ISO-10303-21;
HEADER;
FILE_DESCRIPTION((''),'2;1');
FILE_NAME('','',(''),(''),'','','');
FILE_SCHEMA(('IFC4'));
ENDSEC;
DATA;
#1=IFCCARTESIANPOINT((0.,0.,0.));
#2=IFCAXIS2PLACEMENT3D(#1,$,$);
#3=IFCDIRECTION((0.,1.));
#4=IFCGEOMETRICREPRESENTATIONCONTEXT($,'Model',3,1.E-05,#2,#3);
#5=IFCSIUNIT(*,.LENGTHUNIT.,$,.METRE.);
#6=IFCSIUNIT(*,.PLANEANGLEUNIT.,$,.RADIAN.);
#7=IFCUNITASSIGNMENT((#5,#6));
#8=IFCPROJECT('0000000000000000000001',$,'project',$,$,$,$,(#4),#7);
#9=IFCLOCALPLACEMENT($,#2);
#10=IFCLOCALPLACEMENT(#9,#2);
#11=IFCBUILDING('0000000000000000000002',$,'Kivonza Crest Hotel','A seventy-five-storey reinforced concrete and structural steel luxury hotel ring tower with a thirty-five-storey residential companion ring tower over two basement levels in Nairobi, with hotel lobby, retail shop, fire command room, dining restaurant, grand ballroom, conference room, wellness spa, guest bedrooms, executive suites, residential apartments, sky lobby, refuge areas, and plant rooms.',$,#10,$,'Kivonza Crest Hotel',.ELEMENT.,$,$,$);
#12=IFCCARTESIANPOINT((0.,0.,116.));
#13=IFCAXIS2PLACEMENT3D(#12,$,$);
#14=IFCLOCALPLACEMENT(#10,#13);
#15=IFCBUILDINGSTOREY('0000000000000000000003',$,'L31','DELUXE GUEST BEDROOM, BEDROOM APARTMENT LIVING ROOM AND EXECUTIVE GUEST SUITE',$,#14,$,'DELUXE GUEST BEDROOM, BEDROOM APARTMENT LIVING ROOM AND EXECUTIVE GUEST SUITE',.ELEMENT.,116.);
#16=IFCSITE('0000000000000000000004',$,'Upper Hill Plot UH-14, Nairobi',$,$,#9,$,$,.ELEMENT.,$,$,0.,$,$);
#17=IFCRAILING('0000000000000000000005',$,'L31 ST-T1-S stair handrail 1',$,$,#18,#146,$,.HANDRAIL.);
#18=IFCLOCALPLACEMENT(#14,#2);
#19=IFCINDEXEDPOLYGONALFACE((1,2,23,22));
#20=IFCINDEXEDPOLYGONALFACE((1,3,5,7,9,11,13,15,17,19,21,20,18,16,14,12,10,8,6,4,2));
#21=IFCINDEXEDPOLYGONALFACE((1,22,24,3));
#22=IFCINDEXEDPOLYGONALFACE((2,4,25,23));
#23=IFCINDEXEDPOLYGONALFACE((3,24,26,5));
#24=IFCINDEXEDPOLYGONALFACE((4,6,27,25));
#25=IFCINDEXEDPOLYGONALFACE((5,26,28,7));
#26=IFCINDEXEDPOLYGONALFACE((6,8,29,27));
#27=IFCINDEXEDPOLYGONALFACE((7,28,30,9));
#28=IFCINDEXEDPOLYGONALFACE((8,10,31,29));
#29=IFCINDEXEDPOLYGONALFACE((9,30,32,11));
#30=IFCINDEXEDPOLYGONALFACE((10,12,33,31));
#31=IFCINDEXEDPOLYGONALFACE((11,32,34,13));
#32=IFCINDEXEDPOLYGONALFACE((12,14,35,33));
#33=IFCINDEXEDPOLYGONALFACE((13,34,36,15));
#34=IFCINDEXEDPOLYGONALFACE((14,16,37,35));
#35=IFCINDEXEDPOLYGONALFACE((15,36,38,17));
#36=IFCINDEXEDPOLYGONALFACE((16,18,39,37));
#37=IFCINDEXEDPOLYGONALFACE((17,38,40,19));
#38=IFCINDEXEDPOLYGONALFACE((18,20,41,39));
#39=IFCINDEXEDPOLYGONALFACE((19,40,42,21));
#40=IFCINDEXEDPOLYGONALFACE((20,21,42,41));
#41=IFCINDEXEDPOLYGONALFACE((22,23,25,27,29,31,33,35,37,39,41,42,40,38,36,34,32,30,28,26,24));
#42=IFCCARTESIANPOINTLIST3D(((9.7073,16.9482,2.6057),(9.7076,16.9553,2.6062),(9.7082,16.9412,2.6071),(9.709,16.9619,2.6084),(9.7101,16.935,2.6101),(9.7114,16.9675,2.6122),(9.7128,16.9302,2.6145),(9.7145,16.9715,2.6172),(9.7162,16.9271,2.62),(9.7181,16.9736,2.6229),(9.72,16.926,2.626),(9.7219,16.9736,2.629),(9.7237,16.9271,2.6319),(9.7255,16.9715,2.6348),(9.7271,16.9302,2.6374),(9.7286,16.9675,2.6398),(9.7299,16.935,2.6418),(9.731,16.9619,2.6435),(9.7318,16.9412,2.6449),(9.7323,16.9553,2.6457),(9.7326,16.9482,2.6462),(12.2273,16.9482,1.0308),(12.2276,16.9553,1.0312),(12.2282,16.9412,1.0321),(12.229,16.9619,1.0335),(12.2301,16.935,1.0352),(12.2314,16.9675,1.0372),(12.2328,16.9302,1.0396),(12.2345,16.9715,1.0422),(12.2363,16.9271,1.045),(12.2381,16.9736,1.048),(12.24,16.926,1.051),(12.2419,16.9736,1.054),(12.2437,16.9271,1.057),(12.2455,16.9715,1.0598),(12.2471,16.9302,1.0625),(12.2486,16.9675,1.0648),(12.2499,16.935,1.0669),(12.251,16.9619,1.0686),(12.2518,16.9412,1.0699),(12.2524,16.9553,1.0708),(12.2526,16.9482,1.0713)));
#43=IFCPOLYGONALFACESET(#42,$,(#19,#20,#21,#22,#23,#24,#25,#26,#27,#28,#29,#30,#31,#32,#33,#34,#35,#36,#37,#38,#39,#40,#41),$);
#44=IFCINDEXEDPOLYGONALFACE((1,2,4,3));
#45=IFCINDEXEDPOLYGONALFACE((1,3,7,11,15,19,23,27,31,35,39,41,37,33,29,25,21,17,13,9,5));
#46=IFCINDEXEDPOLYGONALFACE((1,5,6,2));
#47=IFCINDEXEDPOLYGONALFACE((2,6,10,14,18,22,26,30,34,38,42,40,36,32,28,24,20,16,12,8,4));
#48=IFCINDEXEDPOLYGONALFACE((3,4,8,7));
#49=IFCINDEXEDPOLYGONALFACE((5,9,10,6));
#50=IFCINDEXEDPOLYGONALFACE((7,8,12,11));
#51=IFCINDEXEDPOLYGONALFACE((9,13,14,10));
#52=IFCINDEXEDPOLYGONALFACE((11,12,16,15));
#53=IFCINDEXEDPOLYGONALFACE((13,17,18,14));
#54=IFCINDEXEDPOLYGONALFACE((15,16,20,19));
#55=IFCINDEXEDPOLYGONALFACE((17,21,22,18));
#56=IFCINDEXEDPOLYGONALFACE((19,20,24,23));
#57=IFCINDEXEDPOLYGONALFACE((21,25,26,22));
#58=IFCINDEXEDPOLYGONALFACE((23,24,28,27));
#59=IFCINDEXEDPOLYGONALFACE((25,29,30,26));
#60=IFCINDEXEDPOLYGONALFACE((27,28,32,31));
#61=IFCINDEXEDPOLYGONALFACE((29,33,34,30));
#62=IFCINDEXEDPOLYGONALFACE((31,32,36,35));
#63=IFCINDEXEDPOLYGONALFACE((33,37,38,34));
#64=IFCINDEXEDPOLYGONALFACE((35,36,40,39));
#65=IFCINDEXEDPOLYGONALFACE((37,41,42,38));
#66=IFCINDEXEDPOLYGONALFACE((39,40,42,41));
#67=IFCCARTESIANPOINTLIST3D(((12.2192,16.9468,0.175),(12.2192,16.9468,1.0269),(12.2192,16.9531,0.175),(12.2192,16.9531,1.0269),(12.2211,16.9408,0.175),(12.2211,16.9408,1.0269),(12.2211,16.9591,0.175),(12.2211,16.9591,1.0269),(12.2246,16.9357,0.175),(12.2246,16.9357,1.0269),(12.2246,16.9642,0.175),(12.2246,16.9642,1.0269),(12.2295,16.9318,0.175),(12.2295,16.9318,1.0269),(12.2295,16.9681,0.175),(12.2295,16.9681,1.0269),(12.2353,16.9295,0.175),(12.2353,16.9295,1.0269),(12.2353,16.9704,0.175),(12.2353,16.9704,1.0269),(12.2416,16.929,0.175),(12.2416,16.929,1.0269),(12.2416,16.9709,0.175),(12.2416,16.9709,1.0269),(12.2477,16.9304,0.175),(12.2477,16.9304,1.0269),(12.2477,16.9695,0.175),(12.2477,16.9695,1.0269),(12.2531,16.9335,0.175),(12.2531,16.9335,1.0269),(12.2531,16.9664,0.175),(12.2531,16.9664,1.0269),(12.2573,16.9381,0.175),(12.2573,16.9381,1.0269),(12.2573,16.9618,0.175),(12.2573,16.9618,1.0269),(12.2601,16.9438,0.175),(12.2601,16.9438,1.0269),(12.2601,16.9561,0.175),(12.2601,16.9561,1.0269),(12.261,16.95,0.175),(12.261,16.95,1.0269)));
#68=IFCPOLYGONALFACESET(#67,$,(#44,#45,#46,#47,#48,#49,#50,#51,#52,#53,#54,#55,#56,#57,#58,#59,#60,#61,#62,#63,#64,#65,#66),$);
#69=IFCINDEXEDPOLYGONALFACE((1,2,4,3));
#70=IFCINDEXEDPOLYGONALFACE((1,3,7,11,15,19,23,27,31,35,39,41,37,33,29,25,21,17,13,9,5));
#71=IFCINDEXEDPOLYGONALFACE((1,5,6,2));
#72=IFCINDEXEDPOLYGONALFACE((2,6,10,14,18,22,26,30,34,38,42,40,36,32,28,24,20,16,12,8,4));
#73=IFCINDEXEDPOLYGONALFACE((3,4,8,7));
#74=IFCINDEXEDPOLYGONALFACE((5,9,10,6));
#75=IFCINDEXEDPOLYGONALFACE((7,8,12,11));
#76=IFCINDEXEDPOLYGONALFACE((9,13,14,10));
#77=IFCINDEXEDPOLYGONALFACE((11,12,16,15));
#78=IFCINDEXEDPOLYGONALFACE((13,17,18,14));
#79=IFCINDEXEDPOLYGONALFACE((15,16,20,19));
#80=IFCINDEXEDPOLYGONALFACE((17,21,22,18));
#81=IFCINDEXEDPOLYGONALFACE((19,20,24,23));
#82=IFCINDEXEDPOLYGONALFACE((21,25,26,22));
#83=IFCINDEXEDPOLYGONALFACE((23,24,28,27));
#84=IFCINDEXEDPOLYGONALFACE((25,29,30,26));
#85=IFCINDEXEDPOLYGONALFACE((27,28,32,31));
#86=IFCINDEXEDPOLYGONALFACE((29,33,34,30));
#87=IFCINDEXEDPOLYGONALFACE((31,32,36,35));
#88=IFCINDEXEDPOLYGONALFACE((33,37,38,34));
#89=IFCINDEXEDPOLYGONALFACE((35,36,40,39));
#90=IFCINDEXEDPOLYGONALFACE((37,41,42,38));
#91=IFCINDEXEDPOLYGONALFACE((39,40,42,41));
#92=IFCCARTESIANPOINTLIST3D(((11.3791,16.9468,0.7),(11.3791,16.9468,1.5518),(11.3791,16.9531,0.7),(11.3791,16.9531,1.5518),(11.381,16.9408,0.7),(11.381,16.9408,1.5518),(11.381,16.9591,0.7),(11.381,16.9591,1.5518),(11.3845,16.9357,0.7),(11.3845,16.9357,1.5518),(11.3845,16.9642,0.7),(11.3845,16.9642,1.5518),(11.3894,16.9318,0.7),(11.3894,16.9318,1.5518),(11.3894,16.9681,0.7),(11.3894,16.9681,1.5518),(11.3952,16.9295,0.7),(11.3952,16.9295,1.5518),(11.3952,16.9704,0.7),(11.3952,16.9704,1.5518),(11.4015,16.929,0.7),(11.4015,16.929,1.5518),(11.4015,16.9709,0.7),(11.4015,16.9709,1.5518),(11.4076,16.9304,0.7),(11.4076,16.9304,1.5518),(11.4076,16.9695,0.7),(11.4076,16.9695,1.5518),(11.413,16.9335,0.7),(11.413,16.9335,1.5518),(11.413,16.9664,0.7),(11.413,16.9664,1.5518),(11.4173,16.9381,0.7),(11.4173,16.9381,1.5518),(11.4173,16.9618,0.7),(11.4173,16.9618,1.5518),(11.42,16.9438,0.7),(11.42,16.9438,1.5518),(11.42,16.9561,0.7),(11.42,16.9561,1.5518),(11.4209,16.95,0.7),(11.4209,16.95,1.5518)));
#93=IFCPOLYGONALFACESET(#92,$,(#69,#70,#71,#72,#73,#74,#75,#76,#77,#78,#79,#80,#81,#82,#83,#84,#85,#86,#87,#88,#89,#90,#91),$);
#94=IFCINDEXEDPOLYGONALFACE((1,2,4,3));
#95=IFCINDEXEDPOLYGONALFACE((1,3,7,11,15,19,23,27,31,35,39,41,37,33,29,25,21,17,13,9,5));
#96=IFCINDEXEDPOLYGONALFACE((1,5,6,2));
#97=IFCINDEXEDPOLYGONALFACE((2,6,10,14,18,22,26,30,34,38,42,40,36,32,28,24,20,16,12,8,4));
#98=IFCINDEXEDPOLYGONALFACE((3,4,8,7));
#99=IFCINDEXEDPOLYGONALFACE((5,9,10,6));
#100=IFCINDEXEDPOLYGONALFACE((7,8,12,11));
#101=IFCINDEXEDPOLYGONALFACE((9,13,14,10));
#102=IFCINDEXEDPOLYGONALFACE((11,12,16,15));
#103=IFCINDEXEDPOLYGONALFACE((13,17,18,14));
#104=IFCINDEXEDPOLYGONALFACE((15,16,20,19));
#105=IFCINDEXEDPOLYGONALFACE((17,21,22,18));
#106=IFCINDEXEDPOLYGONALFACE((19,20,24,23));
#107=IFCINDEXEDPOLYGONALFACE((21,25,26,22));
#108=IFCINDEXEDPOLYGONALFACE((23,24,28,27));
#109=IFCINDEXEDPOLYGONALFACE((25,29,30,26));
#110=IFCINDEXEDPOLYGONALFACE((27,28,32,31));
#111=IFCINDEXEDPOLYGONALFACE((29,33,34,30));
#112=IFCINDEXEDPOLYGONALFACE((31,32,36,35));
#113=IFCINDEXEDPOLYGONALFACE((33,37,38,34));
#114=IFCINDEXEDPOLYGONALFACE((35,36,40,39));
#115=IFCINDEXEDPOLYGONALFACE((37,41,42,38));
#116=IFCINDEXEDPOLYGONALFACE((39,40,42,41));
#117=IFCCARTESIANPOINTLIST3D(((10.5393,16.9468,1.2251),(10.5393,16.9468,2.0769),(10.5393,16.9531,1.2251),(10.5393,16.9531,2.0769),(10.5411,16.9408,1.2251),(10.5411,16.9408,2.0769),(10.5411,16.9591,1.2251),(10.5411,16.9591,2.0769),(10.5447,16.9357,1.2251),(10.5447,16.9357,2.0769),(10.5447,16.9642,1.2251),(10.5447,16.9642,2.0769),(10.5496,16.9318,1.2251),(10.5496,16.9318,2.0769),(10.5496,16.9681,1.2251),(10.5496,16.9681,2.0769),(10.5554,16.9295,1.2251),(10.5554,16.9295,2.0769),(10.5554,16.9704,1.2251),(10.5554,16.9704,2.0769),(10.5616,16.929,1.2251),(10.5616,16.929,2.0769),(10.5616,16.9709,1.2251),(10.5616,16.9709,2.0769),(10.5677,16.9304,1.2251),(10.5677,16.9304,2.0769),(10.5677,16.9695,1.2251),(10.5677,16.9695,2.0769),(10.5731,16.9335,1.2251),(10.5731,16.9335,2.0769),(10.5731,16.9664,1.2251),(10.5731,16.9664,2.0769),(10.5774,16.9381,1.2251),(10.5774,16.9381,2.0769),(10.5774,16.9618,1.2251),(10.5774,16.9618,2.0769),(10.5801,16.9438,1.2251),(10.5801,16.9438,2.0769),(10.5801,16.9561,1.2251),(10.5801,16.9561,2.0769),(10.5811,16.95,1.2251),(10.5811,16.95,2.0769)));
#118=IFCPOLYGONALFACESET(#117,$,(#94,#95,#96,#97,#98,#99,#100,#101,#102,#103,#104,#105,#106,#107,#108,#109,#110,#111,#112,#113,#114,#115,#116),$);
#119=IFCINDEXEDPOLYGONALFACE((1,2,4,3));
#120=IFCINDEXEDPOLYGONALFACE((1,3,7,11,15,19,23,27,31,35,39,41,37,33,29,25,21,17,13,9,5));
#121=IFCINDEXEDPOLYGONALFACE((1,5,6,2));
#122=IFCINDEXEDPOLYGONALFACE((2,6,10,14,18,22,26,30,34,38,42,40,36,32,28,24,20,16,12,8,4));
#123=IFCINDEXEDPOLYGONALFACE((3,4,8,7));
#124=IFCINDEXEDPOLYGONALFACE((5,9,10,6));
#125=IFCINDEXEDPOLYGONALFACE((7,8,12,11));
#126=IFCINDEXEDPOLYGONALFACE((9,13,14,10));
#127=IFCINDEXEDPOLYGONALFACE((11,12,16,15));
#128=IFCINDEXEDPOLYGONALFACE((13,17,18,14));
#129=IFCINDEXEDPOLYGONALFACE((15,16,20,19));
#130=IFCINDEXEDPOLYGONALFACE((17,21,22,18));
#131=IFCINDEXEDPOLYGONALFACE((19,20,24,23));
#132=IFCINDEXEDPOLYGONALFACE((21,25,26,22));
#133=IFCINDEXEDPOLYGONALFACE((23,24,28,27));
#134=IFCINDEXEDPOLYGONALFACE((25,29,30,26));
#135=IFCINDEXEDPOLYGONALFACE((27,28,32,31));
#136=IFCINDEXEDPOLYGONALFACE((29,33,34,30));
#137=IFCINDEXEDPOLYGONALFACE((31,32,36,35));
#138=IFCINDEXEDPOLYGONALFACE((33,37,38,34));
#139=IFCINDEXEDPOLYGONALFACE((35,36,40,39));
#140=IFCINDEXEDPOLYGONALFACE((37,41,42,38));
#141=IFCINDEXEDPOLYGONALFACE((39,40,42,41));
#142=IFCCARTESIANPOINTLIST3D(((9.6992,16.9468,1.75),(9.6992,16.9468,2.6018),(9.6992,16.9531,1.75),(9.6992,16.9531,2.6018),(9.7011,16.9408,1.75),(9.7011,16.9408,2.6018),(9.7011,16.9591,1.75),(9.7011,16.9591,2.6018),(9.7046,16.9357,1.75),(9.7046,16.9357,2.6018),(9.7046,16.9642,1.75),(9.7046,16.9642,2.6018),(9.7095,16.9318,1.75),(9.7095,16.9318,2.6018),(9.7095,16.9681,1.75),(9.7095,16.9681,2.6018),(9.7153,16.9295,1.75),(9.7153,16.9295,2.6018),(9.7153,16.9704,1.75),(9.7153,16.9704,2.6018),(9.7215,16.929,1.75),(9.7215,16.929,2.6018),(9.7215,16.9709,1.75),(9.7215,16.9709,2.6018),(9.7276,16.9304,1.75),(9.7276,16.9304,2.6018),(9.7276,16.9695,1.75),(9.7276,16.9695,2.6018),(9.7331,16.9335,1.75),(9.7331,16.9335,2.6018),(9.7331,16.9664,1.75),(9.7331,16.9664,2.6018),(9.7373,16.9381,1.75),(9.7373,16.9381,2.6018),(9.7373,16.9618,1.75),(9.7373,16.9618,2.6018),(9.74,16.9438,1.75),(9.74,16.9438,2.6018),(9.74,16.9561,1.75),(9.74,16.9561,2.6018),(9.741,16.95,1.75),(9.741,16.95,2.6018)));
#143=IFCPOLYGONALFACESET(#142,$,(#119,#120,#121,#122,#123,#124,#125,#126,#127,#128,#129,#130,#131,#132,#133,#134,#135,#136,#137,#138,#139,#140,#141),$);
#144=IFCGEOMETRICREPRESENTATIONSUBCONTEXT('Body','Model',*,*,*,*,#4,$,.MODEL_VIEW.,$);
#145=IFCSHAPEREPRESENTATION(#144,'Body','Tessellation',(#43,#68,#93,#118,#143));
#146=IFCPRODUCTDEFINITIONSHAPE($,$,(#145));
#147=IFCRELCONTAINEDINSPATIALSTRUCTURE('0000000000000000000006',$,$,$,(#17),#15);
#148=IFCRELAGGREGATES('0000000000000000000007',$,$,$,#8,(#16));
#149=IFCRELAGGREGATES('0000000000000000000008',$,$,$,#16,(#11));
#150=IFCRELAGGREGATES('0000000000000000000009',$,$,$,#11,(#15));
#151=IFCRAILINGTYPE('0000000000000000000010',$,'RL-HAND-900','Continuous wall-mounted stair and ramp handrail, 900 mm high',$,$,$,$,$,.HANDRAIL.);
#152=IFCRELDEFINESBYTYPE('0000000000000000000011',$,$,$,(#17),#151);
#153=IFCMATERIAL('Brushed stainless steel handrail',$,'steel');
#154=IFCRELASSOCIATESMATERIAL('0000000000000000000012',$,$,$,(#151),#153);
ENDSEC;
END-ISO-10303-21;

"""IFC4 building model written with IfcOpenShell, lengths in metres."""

from ifc_helpers import new_model, si_unit, direction, frame, origin, origin_2d, place, context, subcontext, project, spatial, circle, extrude, material, type_object, element, save


model = new_model("IFC4")

# Units and contexts
model_context = context("Model", 3, precision=1e-05, world=origin(), true_north=direction((0.0, 1.0)))
body_context = subcontext(model_context, "Body", "Model", "MODEL_VIEW")
ifc_project = project(units=[si_unit("LENGTHUNIT", "METRE"), si_unit("PLANEANGLEUNIT", "RADIAN")], contexts=[model_context])

# Site, building, storey
site_placement = place(None, origin())
site = spatial("IfcSite", under=ifc_project, at=site_placement, Name="Upper Hill Plot UH-14, Nairobi", CompositionType="ELEMENT", RefElevation=0.0)
building_placement = place(site_placement, origin())
building = spatial("IfcBuilding", under=site, at=building_placement, Name="Kivonza Crest Hotel", Description="A seventy-five-storey reinforced concrete and structural steel luxury hotel ring tower with a thirty-five-storey residential companion ring tower over two basement levels in Nairobi, with hotel lobby, retail shop, fire command room, dining restaurant, grand ballroom, conference room, wellness spa, guest bedrooms, executive suites, residential apartments, sky lobby, refuge areas, and plant rooms.", LongName="Kivonza Crest Hotel", CompositionType="ELEMENT")
storey_placement = place(building_placement, frame((0.0, 0.0, 116.0)))
storey = spatial("IfcBuildingStorey", under=building, at=storey_placement, Name="L31", Description="DELUXE GUEST BEDROOM, BEDROOM APARTMENT LIVING ROOM AND EXECUTIVE GUEST SUITE", LongName="DELUXE GUEST BEDROOM, BEDROOM APARTMENT LIVING ROOM AND EXECUTIVE GUEST SUITE", CompositionType="ELEMENT", Elevation=116.0)

# Railing
ifc_material_1 = material(Name="Brushed stainless steel handrail", Category="steel")
railing_type_1 = type_object("IfcRailingType", Name="RL-HAND-900", Description="Continuous wall-mounted stair and ramp handrail, 900 mm high", PredefinedType="HANDRAIL", material=ifc_material_1)
railing_1_placement = place(storey_placement, frame((12.24, 16.95, 0.175)))
element("IfcRailing", 1, at=railing_1_placement, inside=storey, type_object=railing_type_1, Name="L31 ST-T1-S stair handrail 1", PredefinedType="HANDRAIL", context=body_context, shape_type="SweptSolid", body=[
    extrude(circle(Radius=0.0239, at=origin_2d()), frame((0.0, 0.0, 0.876), z_axis=(-0.848008, 0.0, 0.529984), x_axis=(0.0, -1.0, 0.0)), (0.0, 0.0, 1.0), 2.9717),
    extrude(circle(Radius=0.021, at=origin_2d()), origin(), (0.0, 0.0, 1.0), 0.8518),
    extrude(circle(Radius=0.021, at=origin_2d()), frame((-0.8401, 0.0, 0.5249)), (0.0, 0.0, 1.0), 0.8518),
    extrude(circle(Radius=0.021, at=origin_2d()), frame((-1.6799, 0.0, 1.05)), (0.0, 0.0, 1.0), 0.8518),
    extrude(circle(Radius=0.021, at=origin_2d()), frame((-2.52, 0.0, 1.575)), (0.0, 0.0, 1.0), 0.8518),
])

save(model, "model.ifc")
